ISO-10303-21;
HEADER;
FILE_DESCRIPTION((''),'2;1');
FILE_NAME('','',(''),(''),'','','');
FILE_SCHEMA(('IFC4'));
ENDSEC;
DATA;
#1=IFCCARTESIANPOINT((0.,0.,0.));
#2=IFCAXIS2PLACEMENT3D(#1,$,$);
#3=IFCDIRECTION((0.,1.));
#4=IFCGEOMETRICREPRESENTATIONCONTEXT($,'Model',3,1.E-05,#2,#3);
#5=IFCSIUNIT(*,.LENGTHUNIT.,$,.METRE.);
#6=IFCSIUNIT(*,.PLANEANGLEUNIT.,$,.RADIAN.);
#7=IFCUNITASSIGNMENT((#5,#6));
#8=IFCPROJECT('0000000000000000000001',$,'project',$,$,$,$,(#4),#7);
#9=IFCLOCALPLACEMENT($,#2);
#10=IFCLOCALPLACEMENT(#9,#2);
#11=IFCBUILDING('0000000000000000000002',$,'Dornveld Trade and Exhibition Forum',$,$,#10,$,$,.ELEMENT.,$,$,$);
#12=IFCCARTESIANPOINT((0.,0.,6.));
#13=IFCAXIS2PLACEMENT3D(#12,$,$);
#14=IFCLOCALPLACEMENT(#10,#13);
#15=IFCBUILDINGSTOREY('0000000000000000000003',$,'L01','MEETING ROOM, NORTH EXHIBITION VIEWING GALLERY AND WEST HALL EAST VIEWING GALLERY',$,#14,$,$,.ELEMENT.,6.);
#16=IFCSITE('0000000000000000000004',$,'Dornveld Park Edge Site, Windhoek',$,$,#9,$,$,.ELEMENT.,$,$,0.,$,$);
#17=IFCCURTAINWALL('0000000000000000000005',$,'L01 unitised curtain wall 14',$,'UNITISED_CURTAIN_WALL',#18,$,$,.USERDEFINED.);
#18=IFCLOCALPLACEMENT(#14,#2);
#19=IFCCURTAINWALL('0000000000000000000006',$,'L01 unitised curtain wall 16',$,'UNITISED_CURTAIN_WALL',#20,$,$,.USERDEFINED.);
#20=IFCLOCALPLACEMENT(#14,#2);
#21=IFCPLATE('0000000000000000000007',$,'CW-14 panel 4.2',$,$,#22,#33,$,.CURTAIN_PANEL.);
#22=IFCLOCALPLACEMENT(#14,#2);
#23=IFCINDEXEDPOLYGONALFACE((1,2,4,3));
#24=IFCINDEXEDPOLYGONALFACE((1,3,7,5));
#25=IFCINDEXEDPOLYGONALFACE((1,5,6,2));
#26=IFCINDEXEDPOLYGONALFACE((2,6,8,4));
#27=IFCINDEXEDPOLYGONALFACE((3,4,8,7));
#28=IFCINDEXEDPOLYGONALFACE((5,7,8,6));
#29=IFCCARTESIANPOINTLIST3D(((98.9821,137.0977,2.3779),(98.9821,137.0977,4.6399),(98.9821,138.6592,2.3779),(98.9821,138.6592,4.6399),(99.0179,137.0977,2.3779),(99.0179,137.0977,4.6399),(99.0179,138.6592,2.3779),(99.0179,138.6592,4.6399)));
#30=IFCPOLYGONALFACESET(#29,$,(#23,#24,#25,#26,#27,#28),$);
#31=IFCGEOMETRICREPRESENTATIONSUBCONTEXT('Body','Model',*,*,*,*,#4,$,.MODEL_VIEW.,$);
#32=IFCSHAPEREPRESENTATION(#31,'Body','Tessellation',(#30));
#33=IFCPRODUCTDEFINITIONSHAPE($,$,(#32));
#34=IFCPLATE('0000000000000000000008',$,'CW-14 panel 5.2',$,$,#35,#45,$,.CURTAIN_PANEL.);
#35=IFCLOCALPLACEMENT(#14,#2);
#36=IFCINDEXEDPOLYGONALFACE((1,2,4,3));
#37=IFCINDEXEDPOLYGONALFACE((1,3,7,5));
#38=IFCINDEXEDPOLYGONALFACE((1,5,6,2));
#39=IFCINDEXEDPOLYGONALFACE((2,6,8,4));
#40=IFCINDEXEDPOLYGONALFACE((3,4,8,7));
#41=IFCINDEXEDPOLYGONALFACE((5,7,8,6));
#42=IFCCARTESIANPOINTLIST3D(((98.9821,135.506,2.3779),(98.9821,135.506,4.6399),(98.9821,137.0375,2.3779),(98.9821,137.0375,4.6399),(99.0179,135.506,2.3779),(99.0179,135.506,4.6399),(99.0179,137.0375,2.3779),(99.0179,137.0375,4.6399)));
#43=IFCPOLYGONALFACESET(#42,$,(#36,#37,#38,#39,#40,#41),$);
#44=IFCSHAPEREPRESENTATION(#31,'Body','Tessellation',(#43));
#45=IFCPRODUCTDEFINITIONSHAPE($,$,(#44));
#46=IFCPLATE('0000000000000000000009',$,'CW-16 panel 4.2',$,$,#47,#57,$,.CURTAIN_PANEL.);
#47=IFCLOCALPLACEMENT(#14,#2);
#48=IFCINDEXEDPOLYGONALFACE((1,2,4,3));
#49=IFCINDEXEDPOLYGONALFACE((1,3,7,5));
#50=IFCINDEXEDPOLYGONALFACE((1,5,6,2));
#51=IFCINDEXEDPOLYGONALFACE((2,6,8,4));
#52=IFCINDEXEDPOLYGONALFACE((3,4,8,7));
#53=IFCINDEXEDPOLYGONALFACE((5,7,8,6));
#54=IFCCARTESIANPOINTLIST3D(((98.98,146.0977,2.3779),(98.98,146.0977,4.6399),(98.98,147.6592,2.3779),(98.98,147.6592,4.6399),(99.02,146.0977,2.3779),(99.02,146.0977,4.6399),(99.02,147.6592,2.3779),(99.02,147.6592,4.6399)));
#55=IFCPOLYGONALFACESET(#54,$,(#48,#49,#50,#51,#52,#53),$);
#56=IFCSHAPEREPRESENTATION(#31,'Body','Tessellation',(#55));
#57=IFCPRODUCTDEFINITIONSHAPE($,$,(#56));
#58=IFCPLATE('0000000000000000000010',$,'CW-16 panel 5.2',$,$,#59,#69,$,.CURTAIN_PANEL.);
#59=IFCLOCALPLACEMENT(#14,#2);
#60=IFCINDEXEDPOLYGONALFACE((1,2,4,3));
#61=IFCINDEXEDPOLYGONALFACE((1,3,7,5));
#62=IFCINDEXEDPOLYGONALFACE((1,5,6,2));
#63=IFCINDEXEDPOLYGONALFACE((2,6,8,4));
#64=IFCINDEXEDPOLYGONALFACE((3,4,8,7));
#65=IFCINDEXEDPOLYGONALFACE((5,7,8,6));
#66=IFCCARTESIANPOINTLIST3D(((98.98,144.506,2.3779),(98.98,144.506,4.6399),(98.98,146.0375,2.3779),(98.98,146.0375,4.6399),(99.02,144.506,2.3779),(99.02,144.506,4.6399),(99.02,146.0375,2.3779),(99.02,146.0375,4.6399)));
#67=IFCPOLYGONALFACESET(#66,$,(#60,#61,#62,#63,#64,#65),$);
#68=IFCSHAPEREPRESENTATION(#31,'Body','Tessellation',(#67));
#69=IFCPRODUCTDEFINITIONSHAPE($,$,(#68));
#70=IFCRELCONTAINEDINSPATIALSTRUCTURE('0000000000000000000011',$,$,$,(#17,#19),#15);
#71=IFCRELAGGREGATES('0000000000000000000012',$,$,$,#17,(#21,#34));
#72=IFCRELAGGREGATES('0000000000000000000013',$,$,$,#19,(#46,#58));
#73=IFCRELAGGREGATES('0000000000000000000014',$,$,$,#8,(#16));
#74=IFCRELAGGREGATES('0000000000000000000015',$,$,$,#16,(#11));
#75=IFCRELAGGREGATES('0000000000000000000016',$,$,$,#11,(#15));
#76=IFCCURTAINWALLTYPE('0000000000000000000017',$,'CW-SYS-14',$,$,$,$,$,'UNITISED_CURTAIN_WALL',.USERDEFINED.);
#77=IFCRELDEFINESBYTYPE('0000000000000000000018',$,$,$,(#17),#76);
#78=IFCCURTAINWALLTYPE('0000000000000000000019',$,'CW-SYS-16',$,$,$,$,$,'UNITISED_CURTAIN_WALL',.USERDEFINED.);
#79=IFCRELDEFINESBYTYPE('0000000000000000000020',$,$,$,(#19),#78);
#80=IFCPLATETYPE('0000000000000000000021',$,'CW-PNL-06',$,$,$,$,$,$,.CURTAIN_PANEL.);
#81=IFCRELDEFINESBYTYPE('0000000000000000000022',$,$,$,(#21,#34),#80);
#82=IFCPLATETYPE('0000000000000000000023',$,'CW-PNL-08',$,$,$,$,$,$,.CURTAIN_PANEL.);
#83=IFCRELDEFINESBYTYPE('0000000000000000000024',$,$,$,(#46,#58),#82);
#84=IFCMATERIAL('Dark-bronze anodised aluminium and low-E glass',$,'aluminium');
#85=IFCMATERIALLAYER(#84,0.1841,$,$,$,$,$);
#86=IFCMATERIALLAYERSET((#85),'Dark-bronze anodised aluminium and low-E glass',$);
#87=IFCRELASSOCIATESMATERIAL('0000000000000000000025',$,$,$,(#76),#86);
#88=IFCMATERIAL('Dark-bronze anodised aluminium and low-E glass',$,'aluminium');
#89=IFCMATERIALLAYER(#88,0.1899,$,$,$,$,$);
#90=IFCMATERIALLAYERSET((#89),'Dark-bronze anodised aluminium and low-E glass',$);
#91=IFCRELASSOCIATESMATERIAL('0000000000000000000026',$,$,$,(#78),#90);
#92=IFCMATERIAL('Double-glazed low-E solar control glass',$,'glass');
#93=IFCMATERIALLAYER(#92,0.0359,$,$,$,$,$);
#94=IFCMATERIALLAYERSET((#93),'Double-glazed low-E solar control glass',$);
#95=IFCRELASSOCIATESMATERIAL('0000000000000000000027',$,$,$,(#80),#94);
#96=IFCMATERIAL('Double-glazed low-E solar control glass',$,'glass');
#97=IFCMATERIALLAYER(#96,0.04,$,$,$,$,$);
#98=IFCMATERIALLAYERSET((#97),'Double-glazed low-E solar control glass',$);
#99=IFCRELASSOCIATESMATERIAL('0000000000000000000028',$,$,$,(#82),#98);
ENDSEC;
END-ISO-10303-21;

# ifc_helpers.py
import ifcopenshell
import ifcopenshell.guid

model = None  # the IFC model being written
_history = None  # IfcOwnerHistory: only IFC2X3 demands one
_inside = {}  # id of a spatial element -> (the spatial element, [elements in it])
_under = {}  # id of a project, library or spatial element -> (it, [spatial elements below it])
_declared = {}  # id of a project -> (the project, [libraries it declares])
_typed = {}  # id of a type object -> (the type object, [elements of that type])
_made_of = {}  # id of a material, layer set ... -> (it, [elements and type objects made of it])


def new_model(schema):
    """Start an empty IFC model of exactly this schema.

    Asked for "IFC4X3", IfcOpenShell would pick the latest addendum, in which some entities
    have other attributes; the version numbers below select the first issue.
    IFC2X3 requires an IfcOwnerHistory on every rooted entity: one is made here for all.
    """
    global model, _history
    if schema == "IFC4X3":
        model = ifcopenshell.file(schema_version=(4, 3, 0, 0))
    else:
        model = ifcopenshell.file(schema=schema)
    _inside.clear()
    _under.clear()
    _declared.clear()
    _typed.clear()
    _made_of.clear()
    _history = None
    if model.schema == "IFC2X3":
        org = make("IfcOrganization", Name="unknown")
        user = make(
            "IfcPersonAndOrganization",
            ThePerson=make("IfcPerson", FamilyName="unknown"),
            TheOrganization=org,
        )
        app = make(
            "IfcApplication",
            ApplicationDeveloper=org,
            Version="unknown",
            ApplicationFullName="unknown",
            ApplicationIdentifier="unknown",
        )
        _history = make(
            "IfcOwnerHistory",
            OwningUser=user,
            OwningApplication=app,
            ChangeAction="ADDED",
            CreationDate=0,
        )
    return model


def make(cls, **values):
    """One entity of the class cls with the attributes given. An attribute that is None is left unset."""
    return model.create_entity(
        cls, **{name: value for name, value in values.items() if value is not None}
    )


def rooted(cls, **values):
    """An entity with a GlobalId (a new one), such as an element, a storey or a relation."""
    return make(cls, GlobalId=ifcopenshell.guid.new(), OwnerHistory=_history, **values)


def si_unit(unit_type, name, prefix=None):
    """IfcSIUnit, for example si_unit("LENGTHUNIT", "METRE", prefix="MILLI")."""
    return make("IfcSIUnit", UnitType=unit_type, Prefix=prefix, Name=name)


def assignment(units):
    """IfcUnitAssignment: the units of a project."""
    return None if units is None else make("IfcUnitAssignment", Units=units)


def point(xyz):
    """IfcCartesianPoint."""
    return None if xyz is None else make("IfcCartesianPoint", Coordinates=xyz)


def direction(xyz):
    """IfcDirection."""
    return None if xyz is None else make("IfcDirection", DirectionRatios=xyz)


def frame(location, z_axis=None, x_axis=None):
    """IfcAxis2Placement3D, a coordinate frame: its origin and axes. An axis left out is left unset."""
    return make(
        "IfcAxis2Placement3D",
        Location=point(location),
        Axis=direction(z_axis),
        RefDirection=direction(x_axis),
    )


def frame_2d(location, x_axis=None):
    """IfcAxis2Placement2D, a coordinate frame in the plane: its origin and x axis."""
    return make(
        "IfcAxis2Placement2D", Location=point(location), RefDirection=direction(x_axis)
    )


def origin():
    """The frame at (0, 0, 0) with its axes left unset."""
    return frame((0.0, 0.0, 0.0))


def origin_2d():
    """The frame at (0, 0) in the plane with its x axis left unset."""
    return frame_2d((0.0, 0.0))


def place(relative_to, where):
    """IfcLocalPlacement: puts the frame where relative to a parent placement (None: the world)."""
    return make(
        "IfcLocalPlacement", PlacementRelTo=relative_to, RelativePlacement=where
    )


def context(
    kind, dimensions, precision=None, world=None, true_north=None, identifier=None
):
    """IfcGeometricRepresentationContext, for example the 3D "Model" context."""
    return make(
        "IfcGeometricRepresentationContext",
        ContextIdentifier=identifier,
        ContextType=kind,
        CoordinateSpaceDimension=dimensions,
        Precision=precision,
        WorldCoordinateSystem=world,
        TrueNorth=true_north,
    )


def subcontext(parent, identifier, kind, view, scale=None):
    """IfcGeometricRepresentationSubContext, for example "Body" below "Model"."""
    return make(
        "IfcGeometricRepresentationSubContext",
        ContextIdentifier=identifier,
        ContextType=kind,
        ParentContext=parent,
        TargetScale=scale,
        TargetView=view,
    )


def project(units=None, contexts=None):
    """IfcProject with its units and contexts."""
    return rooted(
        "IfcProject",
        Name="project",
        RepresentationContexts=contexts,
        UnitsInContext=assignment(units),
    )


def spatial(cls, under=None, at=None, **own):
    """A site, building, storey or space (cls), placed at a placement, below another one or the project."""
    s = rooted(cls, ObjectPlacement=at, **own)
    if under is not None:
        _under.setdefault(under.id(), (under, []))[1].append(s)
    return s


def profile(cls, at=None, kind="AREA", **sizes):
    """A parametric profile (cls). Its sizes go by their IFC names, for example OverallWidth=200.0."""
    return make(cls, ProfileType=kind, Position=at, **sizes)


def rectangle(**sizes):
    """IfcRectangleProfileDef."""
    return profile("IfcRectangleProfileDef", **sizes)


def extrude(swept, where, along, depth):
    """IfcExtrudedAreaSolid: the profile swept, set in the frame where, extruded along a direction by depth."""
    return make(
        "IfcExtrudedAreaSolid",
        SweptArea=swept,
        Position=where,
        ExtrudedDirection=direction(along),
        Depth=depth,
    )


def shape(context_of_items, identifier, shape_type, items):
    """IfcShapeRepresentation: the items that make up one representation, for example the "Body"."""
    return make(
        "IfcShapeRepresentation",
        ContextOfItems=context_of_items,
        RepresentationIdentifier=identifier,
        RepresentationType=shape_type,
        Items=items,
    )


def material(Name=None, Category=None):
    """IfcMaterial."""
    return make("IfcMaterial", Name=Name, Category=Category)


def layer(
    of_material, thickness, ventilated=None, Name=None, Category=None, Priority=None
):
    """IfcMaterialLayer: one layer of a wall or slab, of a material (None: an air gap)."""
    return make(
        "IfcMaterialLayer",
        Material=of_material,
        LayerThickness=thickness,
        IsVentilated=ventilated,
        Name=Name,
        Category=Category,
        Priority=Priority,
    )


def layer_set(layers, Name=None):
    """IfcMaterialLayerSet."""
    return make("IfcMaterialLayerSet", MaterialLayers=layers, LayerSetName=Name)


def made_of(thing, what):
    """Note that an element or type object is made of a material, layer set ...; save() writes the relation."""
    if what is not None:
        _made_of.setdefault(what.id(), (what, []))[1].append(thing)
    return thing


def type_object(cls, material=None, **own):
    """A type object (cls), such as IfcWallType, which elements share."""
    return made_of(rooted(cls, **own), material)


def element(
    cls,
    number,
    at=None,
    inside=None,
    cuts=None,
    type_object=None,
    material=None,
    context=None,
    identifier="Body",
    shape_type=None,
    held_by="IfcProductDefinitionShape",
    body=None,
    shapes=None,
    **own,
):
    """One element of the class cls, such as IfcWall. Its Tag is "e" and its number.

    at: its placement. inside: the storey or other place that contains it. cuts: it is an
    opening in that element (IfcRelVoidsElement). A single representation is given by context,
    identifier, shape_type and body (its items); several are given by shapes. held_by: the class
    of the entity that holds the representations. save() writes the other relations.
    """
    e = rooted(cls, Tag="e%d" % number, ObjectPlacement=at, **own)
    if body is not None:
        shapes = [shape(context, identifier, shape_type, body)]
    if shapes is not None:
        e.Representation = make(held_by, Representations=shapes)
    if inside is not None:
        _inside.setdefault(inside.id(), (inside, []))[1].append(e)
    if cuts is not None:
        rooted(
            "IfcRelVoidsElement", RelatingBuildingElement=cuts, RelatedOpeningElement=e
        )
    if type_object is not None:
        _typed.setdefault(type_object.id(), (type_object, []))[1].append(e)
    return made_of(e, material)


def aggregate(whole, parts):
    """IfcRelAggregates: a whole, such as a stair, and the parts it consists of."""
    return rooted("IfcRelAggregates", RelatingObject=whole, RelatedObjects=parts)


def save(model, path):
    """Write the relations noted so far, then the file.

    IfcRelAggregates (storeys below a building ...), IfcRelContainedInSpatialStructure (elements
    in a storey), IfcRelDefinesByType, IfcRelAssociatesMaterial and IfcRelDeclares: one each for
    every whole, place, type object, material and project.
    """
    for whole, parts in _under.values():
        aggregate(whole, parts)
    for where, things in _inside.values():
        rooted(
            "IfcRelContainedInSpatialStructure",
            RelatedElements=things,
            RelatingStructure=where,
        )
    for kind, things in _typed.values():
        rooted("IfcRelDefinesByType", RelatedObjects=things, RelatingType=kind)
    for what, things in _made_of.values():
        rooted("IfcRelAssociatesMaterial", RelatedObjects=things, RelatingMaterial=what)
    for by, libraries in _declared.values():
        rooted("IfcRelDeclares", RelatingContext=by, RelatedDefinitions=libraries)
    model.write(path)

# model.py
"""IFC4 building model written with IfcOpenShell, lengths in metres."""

from ifc_helpers import new_model, si_unit, direction, frame, origin, origin_2d, place, context, subcontext, project, spatial, rectangle, extrude, material, layer, layer_set, type_object, element, aggregate, save


model = new_model("IFC4")

# Units and contexts
model_context = context("Model", 3, precision=1e-05, world=origin(), true_north=direction((0.0, 1.0)))
body_context = subcontext(model_context, "Body", "Model", "MODEL_VIEW")
ifc_project = project(units=[si_unit("LENGTHUNIT", "METRE"), si_unit("PLANEANGLEUNIT", "RADIAN")], contexts=[model_context])

# Site, building, storey
site_placement = place(None, origin())
site = spatial("IfcSite", under=ifc_project, at=site_placement, Name="Dornveld Park Edge Site, Windhoek", CompositionType="ELEMENT", RefElevation=0.0)
building_placement = place(site_placement, origin())
building = spatial("IfcBuilding", under=site, at=building_placement, Name="Dornveld Trade and Exhibition Forum", CompositionType="ELEMENT")
storey_placement = place(building_placement, frame((0.0, 0.0, 6.0)))
storey = spatial("IfcBuildingStorey", under=building, at=storey_placement, Name="L01", Description="MEETING ROOM, NORTH EXHIBITION VIEWING GALLERY AND WEST HALL EAST VIEWING GALLERY", CompositionType="ELEMENT", Elevation=6.0)

# Curtain walls
ifc_material_1 = material(Name="Dark-bronze anodised aluminium and low-E glass", Category="aluminium")
ifc_layer_1 = layer(ifc_material_1, 0.1841)
ifc_layer_set_1 = layer_set([ifc_layer_1], Name="Dark-bronze anodised aluminium and low-E glass")
curtain_wall_type_1 = type_object("IfcCurtainWallType", Name="CW-SYS-14", ElementType="UNITISED_CURTAIN_WALL", PredefinedType="USERDEFINED", material=ifc_layer_set_1)
curtain_wall_1_placement = place(storey_placement, origin())
curtain_wall_1 = element("IfcCurtainWall", 1, at=curtain_wall_1_placement, inside=storey, type_object=curtain_wall_type_1, Name="L01 unitised curtain wall 14", ObjectType="UNITISED_CURTAIN_WALL", PredefinedType="USERDEFINED")
ifc_material_2 = material(Name="Dark-bronze anodised aluminium and low-E glass", Category="aluminium")
ifc_layer_2 = layer(ifc_material_2, 0.1899)
ifc_layer_set_2 = layer_set([ifc_layer_2], Name="Dark-bronze anodised aluminium and low-E glass")
curtain_wall_type_2 = type_object("IfcCurtainWallType", Name="CW-SYS-16", ElementType="UNITISED_CURTAIN_WALL", PredefinedType="USERDEFINED", material=ifc_layer_set_2)
curtain_wall_2_placement = place(storey_placement, origin())
curtain_wall_2 = element("IfcCurtainWall", 2, at=curtain_wall_2_placement, inside=storey, type_object=curtain_wall_type_2, Name="L01 unitised curtain wall 16", ObjectType="UNITISED_CURTAIN_WALL", PredefinedType="USERDEFINED")

# Plates
ifc_material_3 = material(Name="Double-glazed low-E solar control glass", Category="glass")
ifc_layer_3 = layer(ifc_material_3, 0.0359)
ifc_layer_set_3 = layer_set([ifc_layer_3], Name="Double-glazed low-E solar control glass")
plate_type_1 = type_object("IfcPlateType", Name="CW-PNL-06", PredefinedType="CURTAIN_PANEL", material=ifc_layer_set_3)
plate_1_placement = place(storey_placement, frame((99.0, 137.8784, 2.3779), z_axis=(0.0, 0.0, 1.0), x_axis=(0.0, -1.0, 0.0)))
plate_1 = element("IfcPlate", 3, at=plate_1_placement, type_object=plate_type_1, Name="CW-14 panel 4.2", PredefinedType="CURTAIN_PANEL", context=body_context, shape_type="SweptSolid", body=[
    extrude(rectangle(XDim=1.5615, YDim=0.0359, at=origin_2d()), origin(), (0.0, 0.0, 1.0), 2.262),
])
plate_2_placement = place(storey_placement, frame((99.0, 136.2717, 2.3779), z_axis=(0.0, 0.0, 1.0), x_axis=(0.0, -1.0, 0.0)))
plate_2 = element("IfcPlate", 4, at=plate_2_placement, type_object=plate_type_1, Name="CW-14 panel 5.2", PredefinedType="CURTAIN_PANEL", context=body_context, shape_type="SweptSolid", body=[
    extrude(rectangle(XDim=1.5315, YDim=0.0359, at=origin_2d()), origin(), (0.0, 0.0, 1.0), 2.262),
])
aggregate(curtain_wall_1, [plate_1, plate_2])
ifc_material_4 = material(Name="Double-glazed low-E solar control glass", Category="glass")
ifc_layer_4 = layer(ifc_material_4, 0.04)
ifc_layer_set_4 = layer_set([ifc_layer_4], Name="Double-glazed low-E solar control glass")
plate_type_2 = type_object("IfcPlateType", Name="CW-PNL-08", PredefinedType="CURTAIN_PANEL", material=ifc_layer_set_4)
plate_3_placement = place(storey_placement, frame((99.0, 146.8784, 2.3779), z_axis=(0.0, 0.0, 1.0), x_axis=(0.0, -1.0, 0.0)))
plate_3 = element("IfcPlate", 5, at=plate_3_placement, type_object=plate_type_2, Name="CW-16 panel 4.2", PredefinedType="CURTAIN_PANEL", context=body_context, shape_type="SweptSolid", body=[
    extrude(rectangle(XDim=1.5615, YDim=0.04, at=origin_2d()), origin(), (0.0, 0.0, 1.0), 2.262),
])
plate_4_placement = place(storey_placement, frame((99.0, 145.2717, 2.3779), z_axis=(0.0, 0.0, 1.0), x_axis=(0.0, -1.0, 0.0)))
plate_4 = element("IfcPlate", 6, at=plate_4_placement, type_object=plate_type_2, Name="CW-16 panel 5.2", PredefinedType="CURTAIN_PANEL", context=body_context, shape_type="SweptSolid", body=[
    extrude(rectangle(XDim=1.5315, YDim=0.04, at=origin_2d()), origin(), (0.0, 0.0, 1.0), 2.262),
])
aggregate(curtain_wall_2, [plate_3, plate_4])

save(model, "model.ifc")
